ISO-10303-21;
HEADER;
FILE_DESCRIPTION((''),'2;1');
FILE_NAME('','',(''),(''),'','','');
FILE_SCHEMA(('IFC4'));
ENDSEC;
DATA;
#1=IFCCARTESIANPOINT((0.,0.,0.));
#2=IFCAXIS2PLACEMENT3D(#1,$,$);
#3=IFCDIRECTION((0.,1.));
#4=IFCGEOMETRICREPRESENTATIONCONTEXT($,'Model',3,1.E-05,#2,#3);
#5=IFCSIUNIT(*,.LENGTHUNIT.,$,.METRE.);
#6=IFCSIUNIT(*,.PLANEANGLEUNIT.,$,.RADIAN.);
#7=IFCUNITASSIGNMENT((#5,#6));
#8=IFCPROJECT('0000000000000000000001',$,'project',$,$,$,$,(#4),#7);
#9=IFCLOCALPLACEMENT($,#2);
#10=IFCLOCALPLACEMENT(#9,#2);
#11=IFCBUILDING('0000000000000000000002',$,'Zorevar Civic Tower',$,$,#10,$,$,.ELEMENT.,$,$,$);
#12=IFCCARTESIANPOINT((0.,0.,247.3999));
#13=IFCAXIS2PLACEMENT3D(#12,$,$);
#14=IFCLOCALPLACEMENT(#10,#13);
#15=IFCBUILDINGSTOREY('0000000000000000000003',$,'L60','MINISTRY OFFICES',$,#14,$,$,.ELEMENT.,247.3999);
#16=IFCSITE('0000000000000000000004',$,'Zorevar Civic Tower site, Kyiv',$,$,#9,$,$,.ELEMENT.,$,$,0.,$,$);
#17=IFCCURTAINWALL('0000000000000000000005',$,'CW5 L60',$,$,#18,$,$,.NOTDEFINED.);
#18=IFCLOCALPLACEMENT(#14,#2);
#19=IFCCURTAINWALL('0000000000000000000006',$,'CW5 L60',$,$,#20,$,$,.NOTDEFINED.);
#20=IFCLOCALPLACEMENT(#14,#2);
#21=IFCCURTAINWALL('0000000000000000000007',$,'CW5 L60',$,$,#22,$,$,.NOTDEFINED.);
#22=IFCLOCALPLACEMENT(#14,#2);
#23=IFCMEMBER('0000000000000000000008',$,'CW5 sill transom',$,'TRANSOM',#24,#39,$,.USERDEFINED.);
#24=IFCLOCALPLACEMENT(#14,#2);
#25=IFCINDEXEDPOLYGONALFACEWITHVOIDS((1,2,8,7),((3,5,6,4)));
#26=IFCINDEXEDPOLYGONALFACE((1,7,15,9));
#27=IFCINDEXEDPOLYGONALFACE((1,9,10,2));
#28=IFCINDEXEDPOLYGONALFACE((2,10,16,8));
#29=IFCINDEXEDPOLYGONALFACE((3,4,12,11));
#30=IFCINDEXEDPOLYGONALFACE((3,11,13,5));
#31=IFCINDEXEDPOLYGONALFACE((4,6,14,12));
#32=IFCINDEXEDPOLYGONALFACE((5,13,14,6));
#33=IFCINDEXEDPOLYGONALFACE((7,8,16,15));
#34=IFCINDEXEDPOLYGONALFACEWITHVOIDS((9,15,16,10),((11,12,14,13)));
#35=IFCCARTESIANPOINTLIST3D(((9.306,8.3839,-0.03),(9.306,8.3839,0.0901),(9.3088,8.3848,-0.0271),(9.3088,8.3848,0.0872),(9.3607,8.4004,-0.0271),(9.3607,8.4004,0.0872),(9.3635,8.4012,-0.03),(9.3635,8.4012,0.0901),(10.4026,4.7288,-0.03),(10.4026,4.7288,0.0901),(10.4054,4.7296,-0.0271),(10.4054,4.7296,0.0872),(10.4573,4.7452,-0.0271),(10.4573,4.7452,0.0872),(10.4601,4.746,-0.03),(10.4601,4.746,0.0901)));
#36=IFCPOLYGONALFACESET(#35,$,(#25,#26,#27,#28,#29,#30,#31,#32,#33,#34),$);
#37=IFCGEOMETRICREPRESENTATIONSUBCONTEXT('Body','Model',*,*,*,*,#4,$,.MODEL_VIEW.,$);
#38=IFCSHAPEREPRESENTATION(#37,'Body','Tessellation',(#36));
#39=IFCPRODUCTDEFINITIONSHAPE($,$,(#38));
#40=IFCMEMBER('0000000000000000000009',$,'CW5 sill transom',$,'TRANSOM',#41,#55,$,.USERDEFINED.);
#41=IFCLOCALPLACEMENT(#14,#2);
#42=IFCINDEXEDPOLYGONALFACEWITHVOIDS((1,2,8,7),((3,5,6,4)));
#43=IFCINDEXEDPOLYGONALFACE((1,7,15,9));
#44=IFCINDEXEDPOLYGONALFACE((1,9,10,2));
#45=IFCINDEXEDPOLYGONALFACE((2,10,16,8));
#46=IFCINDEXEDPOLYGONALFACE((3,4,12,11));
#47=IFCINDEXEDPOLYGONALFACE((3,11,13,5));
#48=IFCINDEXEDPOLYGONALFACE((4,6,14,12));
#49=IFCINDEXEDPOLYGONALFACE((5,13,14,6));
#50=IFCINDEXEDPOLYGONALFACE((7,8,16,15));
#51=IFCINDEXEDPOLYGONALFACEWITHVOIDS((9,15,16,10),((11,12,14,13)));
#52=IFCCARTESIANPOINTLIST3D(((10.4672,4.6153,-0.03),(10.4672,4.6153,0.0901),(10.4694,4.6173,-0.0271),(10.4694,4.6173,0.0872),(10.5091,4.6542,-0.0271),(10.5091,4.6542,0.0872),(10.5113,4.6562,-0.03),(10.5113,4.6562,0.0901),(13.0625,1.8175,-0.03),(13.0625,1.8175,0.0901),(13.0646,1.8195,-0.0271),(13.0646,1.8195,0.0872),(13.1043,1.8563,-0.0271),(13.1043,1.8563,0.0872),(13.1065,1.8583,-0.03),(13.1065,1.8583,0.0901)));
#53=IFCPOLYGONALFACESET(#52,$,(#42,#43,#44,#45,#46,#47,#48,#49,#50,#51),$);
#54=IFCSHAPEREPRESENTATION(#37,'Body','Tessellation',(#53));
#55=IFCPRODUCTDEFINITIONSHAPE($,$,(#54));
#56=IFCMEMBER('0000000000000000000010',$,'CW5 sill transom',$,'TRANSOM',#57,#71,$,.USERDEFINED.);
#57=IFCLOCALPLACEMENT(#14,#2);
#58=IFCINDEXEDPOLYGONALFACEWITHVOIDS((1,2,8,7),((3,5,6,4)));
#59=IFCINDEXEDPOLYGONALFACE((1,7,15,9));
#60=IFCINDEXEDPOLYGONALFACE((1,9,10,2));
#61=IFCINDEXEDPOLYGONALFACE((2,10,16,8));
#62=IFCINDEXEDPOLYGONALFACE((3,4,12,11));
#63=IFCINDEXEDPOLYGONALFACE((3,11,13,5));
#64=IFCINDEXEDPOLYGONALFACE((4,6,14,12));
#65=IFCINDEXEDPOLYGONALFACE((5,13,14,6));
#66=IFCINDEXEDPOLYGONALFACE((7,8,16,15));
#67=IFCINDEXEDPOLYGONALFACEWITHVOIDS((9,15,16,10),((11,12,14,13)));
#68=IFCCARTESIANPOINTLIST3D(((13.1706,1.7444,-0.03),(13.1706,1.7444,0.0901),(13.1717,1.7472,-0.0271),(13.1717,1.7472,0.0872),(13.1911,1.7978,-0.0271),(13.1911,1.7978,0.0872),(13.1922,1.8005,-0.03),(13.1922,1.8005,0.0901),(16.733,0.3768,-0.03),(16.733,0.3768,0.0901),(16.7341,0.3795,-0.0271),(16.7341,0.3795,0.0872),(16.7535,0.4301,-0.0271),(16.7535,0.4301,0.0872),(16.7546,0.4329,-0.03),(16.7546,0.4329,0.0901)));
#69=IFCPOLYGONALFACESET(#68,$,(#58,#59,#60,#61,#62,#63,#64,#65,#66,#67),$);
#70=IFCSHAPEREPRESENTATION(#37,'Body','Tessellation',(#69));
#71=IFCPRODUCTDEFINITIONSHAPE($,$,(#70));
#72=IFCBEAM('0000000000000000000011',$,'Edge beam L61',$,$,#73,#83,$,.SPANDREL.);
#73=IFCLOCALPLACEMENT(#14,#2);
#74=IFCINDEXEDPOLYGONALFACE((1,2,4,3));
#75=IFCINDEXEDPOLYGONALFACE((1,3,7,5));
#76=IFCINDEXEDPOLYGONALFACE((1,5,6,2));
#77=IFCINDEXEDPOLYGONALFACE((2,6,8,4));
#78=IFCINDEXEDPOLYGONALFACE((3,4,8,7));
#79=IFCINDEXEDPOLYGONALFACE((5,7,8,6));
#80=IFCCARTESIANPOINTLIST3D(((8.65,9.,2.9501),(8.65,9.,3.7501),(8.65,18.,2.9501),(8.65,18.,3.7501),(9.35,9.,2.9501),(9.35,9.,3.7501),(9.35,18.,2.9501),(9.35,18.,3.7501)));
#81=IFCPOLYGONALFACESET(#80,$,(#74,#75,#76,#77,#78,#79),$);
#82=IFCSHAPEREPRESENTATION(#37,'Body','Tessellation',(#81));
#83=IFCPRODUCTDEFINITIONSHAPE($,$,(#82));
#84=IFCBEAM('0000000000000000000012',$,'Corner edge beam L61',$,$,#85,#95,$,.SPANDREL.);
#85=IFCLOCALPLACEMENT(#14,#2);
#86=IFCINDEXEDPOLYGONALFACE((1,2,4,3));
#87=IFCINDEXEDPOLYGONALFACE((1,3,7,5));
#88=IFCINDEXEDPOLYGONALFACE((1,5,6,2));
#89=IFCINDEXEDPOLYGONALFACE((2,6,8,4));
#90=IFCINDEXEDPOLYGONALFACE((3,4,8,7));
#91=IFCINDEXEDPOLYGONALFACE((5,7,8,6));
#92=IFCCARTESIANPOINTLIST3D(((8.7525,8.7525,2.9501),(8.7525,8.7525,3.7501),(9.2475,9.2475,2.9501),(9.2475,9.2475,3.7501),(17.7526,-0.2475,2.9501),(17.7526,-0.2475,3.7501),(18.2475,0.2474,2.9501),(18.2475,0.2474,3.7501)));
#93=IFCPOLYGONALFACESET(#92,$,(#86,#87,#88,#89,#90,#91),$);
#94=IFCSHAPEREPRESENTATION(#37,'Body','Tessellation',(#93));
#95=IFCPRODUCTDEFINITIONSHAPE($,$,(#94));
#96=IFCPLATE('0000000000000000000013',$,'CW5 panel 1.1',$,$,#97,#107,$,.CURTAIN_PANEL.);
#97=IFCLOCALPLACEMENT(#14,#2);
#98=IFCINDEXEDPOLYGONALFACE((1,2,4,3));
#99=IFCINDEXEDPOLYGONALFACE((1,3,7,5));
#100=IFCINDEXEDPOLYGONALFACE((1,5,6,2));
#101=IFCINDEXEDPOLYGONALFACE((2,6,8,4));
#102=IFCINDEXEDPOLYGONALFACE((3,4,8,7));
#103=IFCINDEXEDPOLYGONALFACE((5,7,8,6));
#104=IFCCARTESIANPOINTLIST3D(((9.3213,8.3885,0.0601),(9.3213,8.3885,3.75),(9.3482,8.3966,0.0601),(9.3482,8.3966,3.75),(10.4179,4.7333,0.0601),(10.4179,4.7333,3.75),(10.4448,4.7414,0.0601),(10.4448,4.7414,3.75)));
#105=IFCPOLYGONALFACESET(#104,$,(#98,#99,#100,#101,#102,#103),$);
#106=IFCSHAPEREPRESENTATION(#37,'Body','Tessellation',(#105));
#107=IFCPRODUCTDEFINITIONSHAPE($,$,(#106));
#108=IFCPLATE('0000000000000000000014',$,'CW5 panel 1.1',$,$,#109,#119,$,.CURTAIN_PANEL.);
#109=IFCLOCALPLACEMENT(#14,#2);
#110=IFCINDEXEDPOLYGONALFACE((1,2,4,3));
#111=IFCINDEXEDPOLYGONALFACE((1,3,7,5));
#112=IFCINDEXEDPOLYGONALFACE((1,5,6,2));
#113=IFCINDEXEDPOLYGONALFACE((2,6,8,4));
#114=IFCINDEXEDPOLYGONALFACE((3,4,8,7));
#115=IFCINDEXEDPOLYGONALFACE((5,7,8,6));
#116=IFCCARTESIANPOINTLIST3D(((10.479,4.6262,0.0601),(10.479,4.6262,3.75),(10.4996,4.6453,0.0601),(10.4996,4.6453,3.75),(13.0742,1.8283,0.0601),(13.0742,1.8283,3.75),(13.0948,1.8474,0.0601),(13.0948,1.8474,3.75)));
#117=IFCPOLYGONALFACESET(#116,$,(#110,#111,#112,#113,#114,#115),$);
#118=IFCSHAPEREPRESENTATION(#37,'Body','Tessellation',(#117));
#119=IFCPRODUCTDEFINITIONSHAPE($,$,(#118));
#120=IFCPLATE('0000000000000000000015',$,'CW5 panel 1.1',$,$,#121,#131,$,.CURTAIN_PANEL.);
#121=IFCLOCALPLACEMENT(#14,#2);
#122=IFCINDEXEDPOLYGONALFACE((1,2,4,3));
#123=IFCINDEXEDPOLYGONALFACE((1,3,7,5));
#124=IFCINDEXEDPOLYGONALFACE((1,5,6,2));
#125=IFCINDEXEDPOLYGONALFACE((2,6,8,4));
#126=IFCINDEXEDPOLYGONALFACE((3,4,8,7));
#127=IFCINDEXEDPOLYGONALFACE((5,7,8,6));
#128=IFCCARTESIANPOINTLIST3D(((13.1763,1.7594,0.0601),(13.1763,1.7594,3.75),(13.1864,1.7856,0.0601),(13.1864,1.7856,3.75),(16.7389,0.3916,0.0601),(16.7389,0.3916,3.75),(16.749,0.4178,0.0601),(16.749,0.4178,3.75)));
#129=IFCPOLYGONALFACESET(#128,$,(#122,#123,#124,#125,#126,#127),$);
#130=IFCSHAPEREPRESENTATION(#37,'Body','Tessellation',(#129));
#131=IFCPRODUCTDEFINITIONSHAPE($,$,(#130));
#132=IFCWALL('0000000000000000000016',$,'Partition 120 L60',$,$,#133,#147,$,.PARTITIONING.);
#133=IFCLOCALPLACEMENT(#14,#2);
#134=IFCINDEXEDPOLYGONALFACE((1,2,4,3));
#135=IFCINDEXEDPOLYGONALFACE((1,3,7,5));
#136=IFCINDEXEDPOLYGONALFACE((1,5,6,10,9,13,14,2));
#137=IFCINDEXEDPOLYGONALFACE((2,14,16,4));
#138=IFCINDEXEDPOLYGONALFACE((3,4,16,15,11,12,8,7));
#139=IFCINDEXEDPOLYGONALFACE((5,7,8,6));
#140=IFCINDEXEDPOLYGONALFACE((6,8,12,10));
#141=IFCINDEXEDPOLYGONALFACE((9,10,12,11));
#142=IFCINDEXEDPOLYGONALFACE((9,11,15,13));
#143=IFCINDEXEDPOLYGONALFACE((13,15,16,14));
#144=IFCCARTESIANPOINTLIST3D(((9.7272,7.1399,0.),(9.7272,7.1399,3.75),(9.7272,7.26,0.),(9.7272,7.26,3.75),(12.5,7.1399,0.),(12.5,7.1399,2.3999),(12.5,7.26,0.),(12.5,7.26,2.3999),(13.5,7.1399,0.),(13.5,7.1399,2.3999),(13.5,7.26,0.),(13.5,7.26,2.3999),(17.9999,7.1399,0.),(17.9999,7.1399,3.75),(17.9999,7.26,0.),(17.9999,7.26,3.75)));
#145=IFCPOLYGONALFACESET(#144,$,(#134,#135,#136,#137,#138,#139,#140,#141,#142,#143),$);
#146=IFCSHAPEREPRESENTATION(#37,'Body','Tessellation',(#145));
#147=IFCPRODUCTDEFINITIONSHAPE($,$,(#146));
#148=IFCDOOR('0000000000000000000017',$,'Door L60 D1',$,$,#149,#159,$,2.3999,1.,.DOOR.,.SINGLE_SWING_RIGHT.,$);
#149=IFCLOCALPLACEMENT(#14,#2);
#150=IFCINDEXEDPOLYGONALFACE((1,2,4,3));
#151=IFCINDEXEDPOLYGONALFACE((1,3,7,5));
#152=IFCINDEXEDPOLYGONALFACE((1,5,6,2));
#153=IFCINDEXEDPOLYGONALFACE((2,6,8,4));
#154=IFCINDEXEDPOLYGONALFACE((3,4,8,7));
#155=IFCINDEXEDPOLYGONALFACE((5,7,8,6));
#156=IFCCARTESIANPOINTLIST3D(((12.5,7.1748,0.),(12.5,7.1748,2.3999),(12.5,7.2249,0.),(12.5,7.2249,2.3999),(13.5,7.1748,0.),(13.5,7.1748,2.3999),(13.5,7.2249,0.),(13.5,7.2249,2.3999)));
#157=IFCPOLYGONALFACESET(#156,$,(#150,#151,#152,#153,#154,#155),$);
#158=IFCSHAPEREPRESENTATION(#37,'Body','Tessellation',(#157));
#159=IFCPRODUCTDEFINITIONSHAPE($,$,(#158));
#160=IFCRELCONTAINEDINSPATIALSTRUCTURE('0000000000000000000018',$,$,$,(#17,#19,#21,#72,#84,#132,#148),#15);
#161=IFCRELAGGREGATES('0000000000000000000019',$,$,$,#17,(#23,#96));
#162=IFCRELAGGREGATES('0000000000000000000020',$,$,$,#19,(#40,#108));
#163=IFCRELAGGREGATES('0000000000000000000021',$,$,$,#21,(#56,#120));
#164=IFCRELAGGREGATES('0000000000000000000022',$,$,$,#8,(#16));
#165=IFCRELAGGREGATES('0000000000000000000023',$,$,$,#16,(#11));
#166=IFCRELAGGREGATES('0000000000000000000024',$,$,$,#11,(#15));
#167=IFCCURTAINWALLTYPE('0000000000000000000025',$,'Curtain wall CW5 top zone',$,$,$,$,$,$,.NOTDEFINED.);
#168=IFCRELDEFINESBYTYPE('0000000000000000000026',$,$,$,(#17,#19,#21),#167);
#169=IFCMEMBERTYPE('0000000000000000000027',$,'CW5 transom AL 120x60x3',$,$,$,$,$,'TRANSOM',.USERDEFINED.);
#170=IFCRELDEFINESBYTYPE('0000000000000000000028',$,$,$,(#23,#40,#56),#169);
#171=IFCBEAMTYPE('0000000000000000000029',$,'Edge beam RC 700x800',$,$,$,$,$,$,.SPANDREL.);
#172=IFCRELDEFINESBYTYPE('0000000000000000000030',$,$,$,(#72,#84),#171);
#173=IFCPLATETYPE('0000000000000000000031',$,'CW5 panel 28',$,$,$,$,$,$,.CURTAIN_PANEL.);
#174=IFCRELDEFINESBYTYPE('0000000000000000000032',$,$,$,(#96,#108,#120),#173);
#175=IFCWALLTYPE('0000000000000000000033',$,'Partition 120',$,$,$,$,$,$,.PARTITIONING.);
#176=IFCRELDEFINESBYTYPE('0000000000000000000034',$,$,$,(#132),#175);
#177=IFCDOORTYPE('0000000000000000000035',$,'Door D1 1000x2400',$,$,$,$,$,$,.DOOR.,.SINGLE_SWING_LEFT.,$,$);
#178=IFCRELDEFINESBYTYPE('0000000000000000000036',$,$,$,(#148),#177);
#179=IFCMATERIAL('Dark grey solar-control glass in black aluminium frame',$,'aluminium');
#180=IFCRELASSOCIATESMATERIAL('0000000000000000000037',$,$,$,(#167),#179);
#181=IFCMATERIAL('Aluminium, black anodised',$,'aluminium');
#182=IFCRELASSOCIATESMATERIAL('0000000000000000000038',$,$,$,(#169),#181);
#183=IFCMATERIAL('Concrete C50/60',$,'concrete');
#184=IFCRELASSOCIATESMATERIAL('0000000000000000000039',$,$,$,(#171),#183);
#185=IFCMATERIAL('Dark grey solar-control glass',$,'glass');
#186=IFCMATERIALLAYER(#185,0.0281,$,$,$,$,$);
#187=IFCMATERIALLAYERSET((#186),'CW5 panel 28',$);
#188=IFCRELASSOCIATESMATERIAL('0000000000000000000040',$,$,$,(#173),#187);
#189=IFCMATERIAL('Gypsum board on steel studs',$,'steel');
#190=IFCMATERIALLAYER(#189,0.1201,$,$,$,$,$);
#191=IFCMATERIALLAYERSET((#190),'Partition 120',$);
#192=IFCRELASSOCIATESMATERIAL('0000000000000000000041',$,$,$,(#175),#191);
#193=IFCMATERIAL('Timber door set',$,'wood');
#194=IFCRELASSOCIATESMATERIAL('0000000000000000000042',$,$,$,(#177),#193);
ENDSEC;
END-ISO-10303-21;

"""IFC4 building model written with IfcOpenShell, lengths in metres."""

from ifc_helpers import new_model, si_unit, direction, frame, frame_2d, origin, origin_2d, place, context, subcontext, project, spatial, rectangle, hollow_rectangle, extrude, material, layer, layer_set, material_profile, profile_set, type_object, element, fill, aggregate, save


model = new_model("IFC4")

# Units and contexts
model_context = context("Model", 3, precision=1e-05, world=origin(), true_north=direction((0.0, 1.0)))
body_context = subcontext(model_context, "Body", "Model", "MODEL_VIEW")
ifc_project = project(units=[si_unit("LENGTHUNIT", "METRE"), si_unit("PLANEANGLEUNIT", "RADIAN")], contexts=[model_context])

# Site, building, storey
site_placement = place(None, origin())
site = spatial("IfcSite", under=ifc_project, at=site_placement, Name="Zorevar Civic Tower site, Kyiv", CompositionType="ELEMENT", RefElevation=0.0)
building_placement = place(site_placement, origin())
building = spatial("IfcBuilding", under=site, at=building_placement, Name="Zorevar Civic Tower", CompositionType="ELEMENT")
storey_placement = place(building_placement, frame((0.0, 0.0, 247.3999)))
storey = spatial("IfcBuildingStorey", under=building, at=storey_placement, Name="L60", Description="MINISTRY OFFICES", CompositionType="ELEMENT", Elevation=247.3999)

# Shared definitions
ifc_material_1 = material(Name="Dark grey solar-control glass in black aluminium frame", Category="aluminium")
curtain_wall_type = type_object("IfcCurtainWallType", Name="Curtain wall CW5 top zone", PredefinedType="NOTDEFINED", material=ifc_material_1)

# Curtain walls
curtain_wall_1_placement = place(storey_placement, origin())
curtain_wall_1 = element("IfcCurtainWall", 1, at=curtain_wall_1_placement, inside=storey, type_object=curtain_wall_type, Name="CW5 L60", PredefinedType="NOTDEFINED")
curtain_wall_2_placement = place(storey_placement, origin())
curtain_wall_2 = element("IfcCurtainWall", 2, at=curtain_wall_2_placement, inside=storey, type_object=curtain_wall_type, Name="CW5 L60", PredefinedType="NOTDEFINED")
curtain_wall_3_placement = place(storey_placement, origin())
curtain_wall_3 = element("IfcCurtainWall", 3, at=curtain_wall_3_placement, inside=storey, type_object=curtain_wall_type, Name="CW5 L60", PredefinedType="NOTDEFINED")

# Members
ifc_material_2 = material(Name="Aluminium, black anodised", Category="aluminium")
ifc_material_profile_1 = material_profile(ifc_material_2, hollow_rectangle(XDim=0.0601, YDim=0.1201, WallThickness=0.0029, at=origin_2d()), Name="AL 120x60x3")
ifc_profile_set_1 = profile_set([ifc_material_profile_1], Name="Aluminium, black anodised")
member_type_1 = type_object("IfcMemberType", Name="CW5 transom AL 120x60x3", ElementType="TRANSOM", PredefinedType="USERDEFINED", material=ifc_profile_set_1)
member_1_placement = place(storey_placement, frame((9.3347, 8.3926, 0.03), z_axis=(0.287371, -0.957819, 0.0), x_axis=(0.957819, 0.287371, 0.0)))
member_1 = element("IfcMember", 4, at=member_1_placement, type_object=member_type_1, Name="CW5 sill transom", ObjectType="TRANSOM", PredefinedType="USERDEFINED", context=body_context, shape_type="SweptSolid", body=[
    extrude(hollow_rectangle(XDim=0.0601, YDim=0.1201, WallThickness=0.0029, at=origin_2d()), origin(), (0.0, 0.0, 1.0), 3.8162),
])
member_2_placement = place(storey_placement, frame((10.4893, 4.6357, 0.03), z_axis=(0.680058, -0.733158, 0.0), x_axis=(0.733158, 0.680058, 0.0)))
member_2 = element("IfcMember", 5, at=member_2_placement, type_object=member_type_1, Name="CW5 sill transom", ObjectType="TRANSOM", PredefinedType="USERDEFINED", context=body_context, shape_type="SweptSolid", body=[
    extrude(hollow_rectangle(XDim=0.0601, YDim=0.1201, WallThickness=0.0029, at=origin_2d()), origin(), (0.0, 0.0, 1.0), 3.8162),
])
member_3_placement = place(storey_placement, frame((13.1814, 1.7725, 0.03), z_axis=(0.933566, -0.358405, 0.0), x_axis=(0.358405, 0.933566, 0.0)))
member_3 = element("IfcMember", 6, at=member_3_placement, type_object=member_type_1, Name="CW5 sill transom", ObjectType="TRANSOM", PredefinedType="USERDEFINED", context=body_context, shape_type="SweptSolid", body=[
    extrude(hollow_rectangle(XDim=0.0601, YDim=0.1201, WallThickness=0.0029, at=origin_2d()), origin(), (0.0, 0.0, 1.0), 3.8159),
])

# Beams
ifc_material_3 = material(Name="Concrete C50/60", Category="concrete")
ifc_material_profile_2 = material_profile(ifc_material_3, rectangle(XDim=0.7, YDim=0.8, at=origin_2d()), Name="RC 700x800")
ifc_profile_set_2 = profile_set([ifc_material_profile_2], Name="Concrete C50/60")
beam_type_1 = type_object("IfcBeamType", Name="Edge beam RC 700x800", PredefinedType="SPANDREL", material=ifc_profile_set_2)
beam_1_placement = place(storey_placement, frame((9.0, 9.0, 3.3501), z_axis=(0.0, 1.0, 0.0), x_axis=(-1.0, 0.0, 0.0)))
element("IfcBeam", 7, at=beam_1_placement, inside=storey, type_object=beam_type_1, Name="Edge beam L61", PredefinedType="SPANDREL", context=body_context, shape_type="SweptSolid", body=[
    extrude(rectangle(XDim=0.7, YDim=0.8, at=origin_2d()), origin(), (0.0, 0.0, 1.0), 9.0),
])
beam_2_placement = place(storey_placement, frame((9.0, 9.0, 3.3501), z_axis=(0.707107, -0.707107, 0.0), x_axis=(0.707107, 0.707107, 0.0)))
element("IfcBeam", 8, at=beam_2_placement, inside=storey, type_object=beam_type_1, Name="Corner edge beam L61", PredefinedType="SPANDREL", context=body_context, shape_type="SweptSolid", body=[
    extrude(rectangle(XDim=0.7, YDim=0.8, at=origin_2d()), origin(), (0.0, 0.0, 1.0), 12.728),
])

# Plates
ifc_material_4 = material(Name="Dark grey solar-control glass", Category="glass")
ifc_layer_1 = layer(ifc_material_4, 0.0281)
ifc_layer_set_1 = layer_set([ifc_layer_1], Name="CW5 panel 28")
plate_type = type_object("IfcPlateType", Name="CW5 panel 28", PredefinedType="CURTAIN_PANEL", material=ifc_layer_set_1)
plate_1_placement = place(storey_placement, frame((9.8831, 6.5649, 0.0601), z_axis=(0.0, 0.0, 1.0), x_axis=(0.28735, -0.957826, 0.0)))
plate_1 = element("IfcPlate", 9, at=plate_1_placement, type_object=plate_type, Name="CW5 panel 1.1", PredefinedType="CURTAIN_PANEL", context=body_context, shape_type="SweptSolid", body=[
    extrude(rectangle(XDim=3.8162, YDim=0.0281, at=origin_2d()), origin(), (0.0, 0.0, 1.0), 3.6899),
])
aggregate(curtain_wall_1, [member_1, plate_1])
plate_2_placement = place(storey_placement, frame((11.7869, 3.2368, 0.0601), z_axis=(0.0, 0.0, 1.0), x_axis=(0.680051, -0.733164, 0.0)))
plate_2 = element("IfcPlate", 10, at=plate_2_placement, type_object=plate_type, Name="CW5 panel 1.1", PredefinedType="CURTAIN_PANEL", context=body_context, shape_type="SweptSolid", body=[
    extrude(rectangle(XDim=3.8162, YDim=0.0281, at=origin_2d()), origin(), (0.0, 0.0, 1.0), 3.6899),
])
aggregate(curtain_wall_2, [member_2, plate_2])
plate_3_placement = place(storey_placement, frame((14.9626, 1.0886, 0.0601), z_axis=(0.0, 0.0, 1.0), x_axis=(0.933563, -0.358413, 0.0)))
plate_3 = element("IfcPlate", 11, at=plate_3_placement, type_object=plate_type, Name="CW5 panel 1.1", PredefinedType="CURTAIN_PANEL", context=body_context, shape_type="SweptSolid", body=[
    extrude(rectangle(XDim=3.8162, YDim=0.0281, at=origin_2d()), origin(), (0.0, 0.0, 1.0), 3.6899),
])
aggregate(curtain_wall_3, [member_3, plate_3])

# Wall, opening, door
ifc_material_5 = material(Name="Gypsum board on steel studs", Category="steel")
ifc_layer_2 = layer(ifc_material_5, 0.1201)
ifc_layer_set_2 = layer_set([ifc_layer_2], Name="Partition 120")
wall_type = type_object("IfcWallType", Name="Partition 120", PredefinedType="PARTITIONING", material=ifc_layer_set_2)
wall_placement = place(storey_placement, frame((9.7273, 7.2, 0.0), z_axis=(0.0, 0.0, 1.0), x_axis=(1.0, 0.0, 0.0)))
wall = element("IfcWall", 12, at=wall_placement, inside=storey, type_object=wall_type, Name="Partition 120 L60", PredefinedType="PARTITIONING", context=body_context, shape_type="SweptSolid", body=[
    extrude(rectangle(XDim=8.2727, YDim=0.1201, at=frame_2d((4.1362, 0.0))), origin(), (0.0, 0.0, 1.0), 3.75),
])
opening_placement = place(wall_placement, frame((2.7727, 0.0, 0.0)))
opening = element("IfcOpeningElement", 13, at=opening_placement, cuts=wall, PredefinedType="OPENING", context=body_context, shape_type="SweptSolid", body=[
    extrude(rectangle(XDim=1.0, YDim=2.3999, at=frame_2d((0.5, 1.2))), frame((0.0, 0.0701, 0.0), z_axis=(0.0, -1.0, 0.0), x_axis=(1.0, 0.0, 0.0)), (0.0, 0.0, 1.0), 0.1401),
])
ifc_material_6 = material(Name="Timber door set", Category="wood")
door_type = type_object("IfcDoorType", Name="Door D1 1000x2400", OperationType="SINGLE_SWING_LEFT", PredefinedType="DOOR", material=ifc_material_6)
door_placement = place(opening_placement, origin())
door = element("IfcDoor", 14, at=door_placement, inside=storey, type_object=door_type, Name="Door L60 D1", OperationType="SINGLE_SWING_RIGHT", OverallHeight=2.3999, OverallWidth=1.0, PredefinedType="DOOR", context=body_context, shape_type="SweptSolid", body=[
    extrude(rectangle(XDim=1.0, YDim=2.3999, at=frame_2d((0.5, 1.2))), frame((0.0, 0.0249, 0.0), z_axis=(0.0, -1.0, 0.0), x_axis=(1.0, 0.0, 0.0)), (0.0, 0.0, 1.0), 0.05),
])
fill(opening, door)

save(model, "model.ifc")
